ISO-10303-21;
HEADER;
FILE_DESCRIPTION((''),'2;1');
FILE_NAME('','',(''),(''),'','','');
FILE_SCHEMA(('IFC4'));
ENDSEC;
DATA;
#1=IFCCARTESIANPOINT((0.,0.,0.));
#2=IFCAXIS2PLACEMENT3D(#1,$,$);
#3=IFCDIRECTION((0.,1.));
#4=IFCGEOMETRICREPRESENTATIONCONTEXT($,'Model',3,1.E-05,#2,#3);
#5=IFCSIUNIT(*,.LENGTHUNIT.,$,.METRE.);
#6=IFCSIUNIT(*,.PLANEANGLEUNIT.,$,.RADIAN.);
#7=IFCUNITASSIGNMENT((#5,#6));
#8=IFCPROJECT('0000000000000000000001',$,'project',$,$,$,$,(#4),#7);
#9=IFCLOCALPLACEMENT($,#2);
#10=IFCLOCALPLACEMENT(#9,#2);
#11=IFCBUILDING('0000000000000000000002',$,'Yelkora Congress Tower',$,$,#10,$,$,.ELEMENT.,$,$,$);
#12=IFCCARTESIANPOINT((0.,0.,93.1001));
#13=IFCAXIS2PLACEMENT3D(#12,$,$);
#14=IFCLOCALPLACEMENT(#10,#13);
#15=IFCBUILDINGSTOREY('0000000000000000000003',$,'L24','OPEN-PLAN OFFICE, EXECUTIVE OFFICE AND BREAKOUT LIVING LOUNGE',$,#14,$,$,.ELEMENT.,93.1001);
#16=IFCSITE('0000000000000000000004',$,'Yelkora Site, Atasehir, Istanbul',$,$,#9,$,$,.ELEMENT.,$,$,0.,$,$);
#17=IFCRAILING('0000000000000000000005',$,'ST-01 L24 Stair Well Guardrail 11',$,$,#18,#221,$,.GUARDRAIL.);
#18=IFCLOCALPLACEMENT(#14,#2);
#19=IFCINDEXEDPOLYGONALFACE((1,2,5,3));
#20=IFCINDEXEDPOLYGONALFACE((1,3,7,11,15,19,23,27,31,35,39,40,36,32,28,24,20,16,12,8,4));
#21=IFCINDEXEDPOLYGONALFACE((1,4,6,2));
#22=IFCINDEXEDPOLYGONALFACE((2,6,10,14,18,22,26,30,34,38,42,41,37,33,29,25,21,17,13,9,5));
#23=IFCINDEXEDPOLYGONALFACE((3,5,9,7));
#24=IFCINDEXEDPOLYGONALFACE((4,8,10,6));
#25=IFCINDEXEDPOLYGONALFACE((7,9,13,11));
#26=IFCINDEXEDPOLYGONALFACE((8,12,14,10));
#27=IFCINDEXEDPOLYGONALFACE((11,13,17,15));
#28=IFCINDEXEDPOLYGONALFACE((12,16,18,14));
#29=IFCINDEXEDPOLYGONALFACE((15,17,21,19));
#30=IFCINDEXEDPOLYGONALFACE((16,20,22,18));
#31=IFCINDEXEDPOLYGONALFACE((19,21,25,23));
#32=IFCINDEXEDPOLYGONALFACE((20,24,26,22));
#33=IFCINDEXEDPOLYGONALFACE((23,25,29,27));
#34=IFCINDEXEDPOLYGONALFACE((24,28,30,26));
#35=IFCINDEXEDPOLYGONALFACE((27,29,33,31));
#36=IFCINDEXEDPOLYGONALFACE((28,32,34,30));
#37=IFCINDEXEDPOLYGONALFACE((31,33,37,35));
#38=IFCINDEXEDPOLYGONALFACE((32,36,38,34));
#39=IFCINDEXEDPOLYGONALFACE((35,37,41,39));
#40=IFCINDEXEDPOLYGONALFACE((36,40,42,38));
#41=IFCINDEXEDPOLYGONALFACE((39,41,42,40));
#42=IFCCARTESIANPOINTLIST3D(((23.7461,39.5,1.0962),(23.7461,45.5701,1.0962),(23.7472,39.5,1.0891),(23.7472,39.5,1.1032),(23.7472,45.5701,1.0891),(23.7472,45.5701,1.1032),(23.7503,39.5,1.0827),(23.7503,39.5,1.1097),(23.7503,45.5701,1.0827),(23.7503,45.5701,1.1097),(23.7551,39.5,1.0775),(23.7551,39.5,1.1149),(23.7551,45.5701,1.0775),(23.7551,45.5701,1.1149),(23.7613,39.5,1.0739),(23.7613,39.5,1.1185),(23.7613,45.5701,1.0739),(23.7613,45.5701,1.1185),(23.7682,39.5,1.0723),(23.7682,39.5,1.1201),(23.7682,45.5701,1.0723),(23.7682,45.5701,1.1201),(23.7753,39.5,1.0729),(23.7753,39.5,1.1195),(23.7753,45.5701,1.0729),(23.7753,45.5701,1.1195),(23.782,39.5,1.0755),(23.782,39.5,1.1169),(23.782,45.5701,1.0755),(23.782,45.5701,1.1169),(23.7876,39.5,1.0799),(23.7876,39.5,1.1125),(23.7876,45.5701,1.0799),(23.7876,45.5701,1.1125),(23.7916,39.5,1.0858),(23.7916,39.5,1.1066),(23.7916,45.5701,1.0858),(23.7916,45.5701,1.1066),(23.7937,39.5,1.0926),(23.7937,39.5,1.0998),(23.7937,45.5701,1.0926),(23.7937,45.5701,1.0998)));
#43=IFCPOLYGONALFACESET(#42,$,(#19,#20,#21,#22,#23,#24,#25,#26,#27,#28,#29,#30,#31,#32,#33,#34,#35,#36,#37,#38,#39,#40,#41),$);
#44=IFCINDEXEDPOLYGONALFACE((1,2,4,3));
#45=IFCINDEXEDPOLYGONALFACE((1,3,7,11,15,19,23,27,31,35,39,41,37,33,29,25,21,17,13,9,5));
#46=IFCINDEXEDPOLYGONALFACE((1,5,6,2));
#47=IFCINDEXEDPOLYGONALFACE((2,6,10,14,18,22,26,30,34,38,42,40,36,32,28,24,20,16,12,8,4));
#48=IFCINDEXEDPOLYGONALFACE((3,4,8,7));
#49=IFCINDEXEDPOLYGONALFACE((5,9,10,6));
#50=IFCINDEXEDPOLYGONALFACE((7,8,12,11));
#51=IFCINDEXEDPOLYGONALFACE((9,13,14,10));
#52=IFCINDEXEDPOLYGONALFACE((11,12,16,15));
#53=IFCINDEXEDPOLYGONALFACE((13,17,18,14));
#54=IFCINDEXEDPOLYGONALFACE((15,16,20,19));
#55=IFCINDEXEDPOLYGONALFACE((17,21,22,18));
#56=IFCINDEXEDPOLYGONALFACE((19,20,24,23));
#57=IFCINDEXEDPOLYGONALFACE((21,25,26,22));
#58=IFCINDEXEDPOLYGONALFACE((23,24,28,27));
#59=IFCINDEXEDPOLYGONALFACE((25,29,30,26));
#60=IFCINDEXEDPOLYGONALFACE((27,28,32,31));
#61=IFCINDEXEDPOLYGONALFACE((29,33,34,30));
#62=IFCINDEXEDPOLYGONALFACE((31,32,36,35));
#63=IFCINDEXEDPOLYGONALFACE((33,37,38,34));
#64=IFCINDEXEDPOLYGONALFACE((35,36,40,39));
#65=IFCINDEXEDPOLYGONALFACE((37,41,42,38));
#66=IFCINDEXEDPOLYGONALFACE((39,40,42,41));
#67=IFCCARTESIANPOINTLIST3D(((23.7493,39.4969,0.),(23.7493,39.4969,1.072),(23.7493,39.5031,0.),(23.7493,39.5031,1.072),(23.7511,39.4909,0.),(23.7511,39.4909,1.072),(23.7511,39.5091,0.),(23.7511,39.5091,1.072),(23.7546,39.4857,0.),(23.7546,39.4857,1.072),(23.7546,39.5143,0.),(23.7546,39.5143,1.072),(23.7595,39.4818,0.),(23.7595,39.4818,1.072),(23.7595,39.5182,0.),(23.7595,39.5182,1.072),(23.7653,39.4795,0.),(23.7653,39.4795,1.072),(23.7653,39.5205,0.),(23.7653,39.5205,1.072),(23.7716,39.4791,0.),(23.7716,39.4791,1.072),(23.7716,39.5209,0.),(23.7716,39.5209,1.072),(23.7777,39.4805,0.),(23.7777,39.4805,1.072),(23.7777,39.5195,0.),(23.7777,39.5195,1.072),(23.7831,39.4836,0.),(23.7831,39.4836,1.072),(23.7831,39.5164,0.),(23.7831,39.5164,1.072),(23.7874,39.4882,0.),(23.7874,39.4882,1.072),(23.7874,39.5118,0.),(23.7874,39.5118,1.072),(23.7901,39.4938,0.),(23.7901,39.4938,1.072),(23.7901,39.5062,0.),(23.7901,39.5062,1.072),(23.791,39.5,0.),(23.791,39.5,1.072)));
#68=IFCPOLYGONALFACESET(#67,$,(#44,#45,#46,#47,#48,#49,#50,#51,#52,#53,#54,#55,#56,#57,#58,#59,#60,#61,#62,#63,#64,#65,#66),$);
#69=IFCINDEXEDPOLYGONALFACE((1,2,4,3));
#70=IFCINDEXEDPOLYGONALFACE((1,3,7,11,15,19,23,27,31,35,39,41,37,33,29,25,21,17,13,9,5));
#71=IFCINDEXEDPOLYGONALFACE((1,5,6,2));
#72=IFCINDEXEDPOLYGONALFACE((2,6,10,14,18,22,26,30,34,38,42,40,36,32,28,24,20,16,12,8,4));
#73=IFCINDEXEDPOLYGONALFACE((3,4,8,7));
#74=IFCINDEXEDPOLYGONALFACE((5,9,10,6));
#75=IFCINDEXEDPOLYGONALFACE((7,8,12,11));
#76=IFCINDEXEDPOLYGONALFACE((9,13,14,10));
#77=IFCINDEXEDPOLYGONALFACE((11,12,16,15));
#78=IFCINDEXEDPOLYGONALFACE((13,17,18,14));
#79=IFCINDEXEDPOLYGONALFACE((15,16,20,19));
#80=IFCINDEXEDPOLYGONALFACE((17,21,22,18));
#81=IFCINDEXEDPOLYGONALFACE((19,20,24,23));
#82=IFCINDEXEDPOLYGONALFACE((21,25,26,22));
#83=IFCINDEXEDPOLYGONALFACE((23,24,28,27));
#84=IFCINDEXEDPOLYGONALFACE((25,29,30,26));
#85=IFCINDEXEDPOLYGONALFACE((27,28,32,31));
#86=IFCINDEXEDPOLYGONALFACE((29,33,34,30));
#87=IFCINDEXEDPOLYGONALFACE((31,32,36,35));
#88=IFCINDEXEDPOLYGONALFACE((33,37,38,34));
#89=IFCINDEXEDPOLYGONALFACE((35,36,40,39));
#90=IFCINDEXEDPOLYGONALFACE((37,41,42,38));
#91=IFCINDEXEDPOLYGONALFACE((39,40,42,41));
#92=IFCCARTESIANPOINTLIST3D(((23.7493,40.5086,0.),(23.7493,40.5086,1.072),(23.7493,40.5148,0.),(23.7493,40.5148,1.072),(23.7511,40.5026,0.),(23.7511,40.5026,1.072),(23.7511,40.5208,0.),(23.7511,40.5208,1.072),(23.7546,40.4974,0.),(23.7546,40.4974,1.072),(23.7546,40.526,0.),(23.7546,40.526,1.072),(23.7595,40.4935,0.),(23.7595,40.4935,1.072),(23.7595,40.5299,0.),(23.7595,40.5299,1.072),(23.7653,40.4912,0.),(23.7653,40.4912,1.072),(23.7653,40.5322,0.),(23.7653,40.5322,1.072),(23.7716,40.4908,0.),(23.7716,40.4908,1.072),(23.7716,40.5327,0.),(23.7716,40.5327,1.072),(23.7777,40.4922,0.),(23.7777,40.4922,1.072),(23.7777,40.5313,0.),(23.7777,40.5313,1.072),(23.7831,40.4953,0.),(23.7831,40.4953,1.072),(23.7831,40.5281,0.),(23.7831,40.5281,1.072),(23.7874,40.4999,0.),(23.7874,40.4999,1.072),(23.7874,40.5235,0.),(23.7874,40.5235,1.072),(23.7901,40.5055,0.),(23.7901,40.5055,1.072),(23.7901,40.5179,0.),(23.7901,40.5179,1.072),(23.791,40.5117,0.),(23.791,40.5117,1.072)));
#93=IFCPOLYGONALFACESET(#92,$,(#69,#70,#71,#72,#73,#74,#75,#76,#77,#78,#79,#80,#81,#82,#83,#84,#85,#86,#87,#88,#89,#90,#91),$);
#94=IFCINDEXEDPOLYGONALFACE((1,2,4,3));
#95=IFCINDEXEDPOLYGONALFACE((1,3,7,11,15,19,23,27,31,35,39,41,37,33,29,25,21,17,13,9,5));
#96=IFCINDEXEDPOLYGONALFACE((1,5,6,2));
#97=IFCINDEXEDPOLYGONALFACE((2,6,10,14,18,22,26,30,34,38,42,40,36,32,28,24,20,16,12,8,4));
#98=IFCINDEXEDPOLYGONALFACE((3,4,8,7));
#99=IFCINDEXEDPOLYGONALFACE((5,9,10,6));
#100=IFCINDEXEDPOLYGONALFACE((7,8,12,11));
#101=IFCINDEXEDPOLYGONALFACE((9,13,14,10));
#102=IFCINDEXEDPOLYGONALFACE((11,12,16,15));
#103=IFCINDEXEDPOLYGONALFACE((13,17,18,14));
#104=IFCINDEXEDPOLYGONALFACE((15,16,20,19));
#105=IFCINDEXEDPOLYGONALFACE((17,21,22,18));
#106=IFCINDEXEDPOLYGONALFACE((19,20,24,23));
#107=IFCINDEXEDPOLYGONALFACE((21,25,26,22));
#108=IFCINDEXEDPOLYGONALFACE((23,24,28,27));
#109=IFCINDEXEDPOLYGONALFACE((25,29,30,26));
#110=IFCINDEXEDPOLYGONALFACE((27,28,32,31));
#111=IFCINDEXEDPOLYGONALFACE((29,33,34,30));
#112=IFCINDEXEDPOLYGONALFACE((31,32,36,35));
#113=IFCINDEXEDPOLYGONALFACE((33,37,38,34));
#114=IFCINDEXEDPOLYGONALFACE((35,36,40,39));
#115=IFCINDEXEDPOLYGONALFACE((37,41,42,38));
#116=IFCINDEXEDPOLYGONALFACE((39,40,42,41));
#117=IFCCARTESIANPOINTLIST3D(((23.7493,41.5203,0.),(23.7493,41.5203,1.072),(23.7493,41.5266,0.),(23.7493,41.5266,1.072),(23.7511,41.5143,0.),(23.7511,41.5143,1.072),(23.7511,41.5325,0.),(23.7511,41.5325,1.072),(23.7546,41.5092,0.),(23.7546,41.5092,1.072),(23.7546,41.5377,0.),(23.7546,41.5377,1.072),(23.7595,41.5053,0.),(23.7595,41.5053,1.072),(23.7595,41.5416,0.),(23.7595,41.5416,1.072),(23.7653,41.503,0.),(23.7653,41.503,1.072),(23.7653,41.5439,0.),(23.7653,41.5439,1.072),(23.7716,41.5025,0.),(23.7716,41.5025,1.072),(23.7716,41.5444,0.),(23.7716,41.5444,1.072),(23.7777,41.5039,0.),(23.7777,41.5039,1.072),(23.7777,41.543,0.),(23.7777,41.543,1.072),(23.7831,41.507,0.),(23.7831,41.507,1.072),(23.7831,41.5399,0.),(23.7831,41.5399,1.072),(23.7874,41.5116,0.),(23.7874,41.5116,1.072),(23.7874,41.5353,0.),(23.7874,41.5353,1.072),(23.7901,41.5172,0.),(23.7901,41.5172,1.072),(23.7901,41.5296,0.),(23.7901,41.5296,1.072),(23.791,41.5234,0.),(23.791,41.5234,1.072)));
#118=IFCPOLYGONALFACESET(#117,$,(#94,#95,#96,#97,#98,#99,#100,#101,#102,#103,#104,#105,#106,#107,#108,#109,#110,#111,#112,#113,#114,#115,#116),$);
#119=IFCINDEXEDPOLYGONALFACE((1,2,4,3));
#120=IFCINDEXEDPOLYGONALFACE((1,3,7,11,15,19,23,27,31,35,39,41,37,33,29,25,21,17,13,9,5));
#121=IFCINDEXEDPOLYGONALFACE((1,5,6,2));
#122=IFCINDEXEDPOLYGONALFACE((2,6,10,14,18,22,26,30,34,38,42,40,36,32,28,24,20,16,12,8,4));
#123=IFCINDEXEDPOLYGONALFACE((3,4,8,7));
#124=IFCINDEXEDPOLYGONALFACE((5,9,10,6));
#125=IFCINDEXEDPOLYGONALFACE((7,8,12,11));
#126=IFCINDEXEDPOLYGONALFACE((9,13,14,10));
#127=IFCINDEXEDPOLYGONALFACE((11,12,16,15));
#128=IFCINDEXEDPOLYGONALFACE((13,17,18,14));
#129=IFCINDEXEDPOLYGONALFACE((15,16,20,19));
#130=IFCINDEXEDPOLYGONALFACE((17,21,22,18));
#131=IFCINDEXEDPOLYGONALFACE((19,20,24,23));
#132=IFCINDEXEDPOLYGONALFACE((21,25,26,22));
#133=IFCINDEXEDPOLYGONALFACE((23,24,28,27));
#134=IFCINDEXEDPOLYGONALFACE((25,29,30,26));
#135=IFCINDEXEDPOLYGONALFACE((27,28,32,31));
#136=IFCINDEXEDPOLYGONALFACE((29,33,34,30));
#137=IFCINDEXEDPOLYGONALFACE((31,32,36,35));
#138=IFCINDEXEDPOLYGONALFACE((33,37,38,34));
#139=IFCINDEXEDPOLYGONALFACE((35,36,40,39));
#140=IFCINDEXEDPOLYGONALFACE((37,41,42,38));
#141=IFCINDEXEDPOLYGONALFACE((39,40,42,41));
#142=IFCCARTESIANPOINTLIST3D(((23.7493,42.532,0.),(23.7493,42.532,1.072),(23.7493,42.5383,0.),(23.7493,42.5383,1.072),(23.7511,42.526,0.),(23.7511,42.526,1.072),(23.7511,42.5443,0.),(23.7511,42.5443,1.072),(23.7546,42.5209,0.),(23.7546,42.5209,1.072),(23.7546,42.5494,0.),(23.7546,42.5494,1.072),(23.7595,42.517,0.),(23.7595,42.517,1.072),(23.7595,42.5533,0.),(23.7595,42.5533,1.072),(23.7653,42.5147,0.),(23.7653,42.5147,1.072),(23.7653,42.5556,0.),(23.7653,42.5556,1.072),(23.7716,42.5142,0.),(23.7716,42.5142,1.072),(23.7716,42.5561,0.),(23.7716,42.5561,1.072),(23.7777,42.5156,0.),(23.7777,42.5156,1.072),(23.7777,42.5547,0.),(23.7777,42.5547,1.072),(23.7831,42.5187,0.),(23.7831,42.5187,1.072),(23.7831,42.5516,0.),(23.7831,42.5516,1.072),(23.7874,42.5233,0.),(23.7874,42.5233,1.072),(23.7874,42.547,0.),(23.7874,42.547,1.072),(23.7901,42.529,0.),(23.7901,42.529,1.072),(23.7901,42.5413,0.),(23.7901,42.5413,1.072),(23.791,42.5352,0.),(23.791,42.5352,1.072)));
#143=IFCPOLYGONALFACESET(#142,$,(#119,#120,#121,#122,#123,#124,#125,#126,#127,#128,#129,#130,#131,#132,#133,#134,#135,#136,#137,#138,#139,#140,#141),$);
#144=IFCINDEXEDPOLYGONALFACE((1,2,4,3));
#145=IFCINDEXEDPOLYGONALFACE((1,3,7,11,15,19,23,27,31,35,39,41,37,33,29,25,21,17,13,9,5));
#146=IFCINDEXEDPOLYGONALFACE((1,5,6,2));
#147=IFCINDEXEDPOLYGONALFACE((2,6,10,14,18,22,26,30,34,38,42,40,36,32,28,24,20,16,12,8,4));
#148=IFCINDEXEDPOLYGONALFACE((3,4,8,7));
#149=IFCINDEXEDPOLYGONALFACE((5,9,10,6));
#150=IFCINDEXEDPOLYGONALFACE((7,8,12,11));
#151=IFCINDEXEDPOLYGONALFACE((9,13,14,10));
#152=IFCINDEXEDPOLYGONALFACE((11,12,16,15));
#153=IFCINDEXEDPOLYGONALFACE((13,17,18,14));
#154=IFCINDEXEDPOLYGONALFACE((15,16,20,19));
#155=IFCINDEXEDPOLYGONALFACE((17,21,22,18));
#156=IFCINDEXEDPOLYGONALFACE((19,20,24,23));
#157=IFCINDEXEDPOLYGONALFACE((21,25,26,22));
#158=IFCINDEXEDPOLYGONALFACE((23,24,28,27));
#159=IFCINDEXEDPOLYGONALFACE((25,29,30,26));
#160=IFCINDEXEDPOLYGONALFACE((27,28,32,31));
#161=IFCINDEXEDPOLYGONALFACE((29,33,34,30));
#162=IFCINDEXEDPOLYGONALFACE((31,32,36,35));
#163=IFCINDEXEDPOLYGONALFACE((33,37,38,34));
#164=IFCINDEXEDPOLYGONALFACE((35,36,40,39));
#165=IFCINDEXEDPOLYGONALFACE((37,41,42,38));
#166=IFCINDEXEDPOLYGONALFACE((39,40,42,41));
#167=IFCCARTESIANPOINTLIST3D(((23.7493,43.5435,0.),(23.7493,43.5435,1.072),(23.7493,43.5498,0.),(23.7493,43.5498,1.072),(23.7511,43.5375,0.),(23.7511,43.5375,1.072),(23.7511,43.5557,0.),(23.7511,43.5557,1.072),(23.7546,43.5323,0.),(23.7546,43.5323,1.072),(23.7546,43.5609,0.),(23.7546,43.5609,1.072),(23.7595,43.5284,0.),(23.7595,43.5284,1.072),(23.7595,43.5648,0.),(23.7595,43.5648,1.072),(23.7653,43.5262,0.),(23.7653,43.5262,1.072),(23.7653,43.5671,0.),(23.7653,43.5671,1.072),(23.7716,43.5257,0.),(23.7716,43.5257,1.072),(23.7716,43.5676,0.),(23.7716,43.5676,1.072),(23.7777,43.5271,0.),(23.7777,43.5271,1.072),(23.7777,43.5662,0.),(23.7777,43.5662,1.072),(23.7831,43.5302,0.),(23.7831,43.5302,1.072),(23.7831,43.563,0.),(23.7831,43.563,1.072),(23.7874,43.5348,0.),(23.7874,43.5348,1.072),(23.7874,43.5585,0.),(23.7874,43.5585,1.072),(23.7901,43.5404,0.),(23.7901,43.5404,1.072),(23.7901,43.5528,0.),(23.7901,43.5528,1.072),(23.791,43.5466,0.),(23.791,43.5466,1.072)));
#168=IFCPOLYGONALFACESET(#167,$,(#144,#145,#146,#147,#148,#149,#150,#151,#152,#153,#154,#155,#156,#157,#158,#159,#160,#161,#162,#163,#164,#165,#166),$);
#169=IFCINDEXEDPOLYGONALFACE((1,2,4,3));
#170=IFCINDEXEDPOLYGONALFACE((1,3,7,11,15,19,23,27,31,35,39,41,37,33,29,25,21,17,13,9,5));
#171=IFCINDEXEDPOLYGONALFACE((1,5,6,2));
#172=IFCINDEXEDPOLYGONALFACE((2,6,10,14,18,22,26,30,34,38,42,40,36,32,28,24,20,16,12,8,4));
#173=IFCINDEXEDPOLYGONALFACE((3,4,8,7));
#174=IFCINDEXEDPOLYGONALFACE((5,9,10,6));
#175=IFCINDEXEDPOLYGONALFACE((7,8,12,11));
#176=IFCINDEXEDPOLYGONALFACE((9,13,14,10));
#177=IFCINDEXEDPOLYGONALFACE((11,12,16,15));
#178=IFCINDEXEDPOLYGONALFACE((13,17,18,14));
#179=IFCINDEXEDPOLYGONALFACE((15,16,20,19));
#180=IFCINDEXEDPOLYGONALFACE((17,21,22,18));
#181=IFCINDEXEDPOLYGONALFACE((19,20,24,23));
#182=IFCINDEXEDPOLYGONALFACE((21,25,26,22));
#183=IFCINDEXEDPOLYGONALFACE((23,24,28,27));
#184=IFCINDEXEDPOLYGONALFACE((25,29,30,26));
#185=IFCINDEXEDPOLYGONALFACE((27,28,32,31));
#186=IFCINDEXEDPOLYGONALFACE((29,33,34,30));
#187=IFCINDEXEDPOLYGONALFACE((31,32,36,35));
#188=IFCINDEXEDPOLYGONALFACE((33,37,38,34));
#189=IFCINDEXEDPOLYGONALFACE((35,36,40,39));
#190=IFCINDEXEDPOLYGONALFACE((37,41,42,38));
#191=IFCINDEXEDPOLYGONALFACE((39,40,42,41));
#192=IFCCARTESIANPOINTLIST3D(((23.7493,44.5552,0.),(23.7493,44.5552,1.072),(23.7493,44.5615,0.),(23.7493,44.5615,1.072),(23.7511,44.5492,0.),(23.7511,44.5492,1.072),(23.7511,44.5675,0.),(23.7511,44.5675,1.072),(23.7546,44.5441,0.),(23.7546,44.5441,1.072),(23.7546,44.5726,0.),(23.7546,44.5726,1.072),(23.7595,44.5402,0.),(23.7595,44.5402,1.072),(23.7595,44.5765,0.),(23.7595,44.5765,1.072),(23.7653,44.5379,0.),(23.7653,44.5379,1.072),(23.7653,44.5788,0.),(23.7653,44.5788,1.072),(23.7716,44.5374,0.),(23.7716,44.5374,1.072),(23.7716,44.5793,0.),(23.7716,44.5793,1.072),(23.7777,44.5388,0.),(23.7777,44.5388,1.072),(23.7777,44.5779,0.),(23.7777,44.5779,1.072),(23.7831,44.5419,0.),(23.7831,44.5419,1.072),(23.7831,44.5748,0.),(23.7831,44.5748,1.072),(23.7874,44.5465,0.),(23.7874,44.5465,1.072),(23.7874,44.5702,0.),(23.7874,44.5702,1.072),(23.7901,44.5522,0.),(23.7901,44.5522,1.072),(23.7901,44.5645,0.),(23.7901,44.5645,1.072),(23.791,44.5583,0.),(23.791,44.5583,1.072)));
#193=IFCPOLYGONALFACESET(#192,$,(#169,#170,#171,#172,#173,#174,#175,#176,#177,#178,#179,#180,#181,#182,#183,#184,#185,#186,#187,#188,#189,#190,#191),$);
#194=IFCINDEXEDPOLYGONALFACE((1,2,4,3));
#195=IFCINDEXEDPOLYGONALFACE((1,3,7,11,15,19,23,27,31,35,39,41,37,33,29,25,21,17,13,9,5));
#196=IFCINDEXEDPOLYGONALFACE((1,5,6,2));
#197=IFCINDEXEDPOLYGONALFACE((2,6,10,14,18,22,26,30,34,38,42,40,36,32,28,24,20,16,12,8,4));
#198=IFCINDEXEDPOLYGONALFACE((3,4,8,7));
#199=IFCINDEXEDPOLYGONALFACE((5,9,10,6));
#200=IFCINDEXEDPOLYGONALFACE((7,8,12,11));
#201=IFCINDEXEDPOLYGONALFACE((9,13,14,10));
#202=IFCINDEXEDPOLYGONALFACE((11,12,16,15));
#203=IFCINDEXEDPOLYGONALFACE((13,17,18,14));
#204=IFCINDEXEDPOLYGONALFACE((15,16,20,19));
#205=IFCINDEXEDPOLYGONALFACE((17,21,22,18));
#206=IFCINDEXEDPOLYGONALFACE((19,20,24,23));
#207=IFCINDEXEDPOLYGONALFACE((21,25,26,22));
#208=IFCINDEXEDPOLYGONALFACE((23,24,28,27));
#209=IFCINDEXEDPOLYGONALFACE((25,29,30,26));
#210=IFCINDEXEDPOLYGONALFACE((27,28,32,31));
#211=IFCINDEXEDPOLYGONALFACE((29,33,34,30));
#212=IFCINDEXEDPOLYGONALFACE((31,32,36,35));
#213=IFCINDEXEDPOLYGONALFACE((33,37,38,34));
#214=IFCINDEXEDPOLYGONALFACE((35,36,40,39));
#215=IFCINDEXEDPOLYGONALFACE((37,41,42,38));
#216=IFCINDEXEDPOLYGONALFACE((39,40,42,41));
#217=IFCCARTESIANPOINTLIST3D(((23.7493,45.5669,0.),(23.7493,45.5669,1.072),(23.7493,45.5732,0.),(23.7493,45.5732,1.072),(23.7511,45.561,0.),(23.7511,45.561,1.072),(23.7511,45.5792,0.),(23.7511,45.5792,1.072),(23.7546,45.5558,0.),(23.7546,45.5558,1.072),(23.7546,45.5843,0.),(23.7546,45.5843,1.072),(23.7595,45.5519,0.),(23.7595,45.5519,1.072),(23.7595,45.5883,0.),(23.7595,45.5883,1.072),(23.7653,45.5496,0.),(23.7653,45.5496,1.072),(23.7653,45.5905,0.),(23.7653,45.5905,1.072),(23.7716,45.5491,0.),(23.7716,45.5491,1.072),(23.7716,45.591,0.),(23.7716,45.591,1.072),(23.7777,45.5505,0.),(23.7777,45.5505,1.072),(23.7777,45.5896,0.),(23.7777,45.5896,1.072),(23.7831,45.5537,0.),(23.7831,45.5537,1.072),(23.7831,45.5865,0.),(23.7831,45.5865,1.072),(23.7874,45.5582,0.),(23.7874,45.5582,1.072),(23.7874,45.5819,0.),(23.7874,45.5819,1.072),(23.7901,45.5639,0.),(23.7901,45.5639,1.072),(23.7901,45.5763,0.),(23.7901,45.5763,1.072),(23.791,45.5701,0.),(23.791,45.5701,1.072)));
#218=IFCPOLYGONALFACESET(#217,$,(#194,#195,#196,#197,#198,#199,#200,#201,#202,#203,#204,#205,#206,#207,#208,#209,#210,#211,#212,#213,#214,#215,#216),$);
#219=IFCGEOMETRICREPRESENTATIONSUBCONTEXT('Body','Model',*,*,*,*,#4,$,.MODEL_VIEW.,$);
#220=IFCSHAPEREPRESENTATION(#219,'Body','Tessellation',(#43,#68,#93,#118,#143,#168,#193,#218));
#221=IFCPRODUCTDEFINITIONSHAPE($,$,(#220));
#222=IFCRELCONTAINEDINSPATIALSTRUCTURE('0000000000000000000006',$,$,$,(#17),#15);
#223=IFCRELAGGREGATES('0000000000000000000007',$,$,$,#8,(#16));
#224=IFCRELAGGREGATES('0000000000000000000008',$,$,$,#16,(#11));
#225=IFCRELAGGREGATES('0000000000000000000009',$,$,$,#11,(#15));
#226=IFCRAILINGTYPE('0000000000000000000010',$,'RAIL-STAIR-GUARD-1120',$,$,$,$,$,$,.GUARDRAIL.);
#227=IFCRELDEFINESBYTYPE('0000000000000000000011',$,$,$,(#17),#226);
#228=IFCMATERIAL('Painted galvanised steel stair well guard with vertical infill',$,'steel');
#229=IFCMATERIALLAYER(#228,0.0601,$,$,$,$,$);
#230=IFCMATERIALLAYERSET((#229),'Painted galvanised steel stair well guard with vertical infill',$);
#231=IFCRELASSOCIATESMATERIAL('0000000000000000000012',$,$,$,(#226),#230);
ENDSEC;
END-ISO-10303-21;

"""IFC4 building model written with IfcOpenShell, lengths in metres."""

from ifc_helpers import new_model, si_unit, direction, frame, origin, origin_2d, place, context, subcontext, project, spatial, circle, extrude, material, layer, layer_set, type_object, element, save


model = new_model("IFC4")

# Units and contexts
model_context = context("Model", 3, precision=1e-05, world=origin(), true_north=direction((0.0, 1.0)))
body_context = subcontext(model_context, "Body", "Model", "MODEL_VIEW")
ifc_project = project(units=[si_unit("LENGTHUNIT", "METRE"), si_unit("PLANEANGLEUNIT", "RADIAN")], contexts=[model_context])

# Site, building, storey
site_placement = place(None, origin())
site = spatial("IfcSite", under=ifc_project, at=site_placement, Name="Yelkora Site, Atasehir, Istanbul", CompositionType="ELEMENT", RefElevation=0.0)
building_placement = place(site_placement, origin())
building = spatial("IfcBuilding", under=site, at=building_placement, Name="Yelkora Congress Tower", CompositionType="ELEMENT")
storey_placement = place(building_placement, frame((0.0, 0.0, 93.1001)))
storey = spatial("IfcBuildingStorey", under=building, at=storey_placement, Name="L24", Description="OPEN-PLAN OFFICE, EXECUTIVE OFFICE AND BREAKOUT LIVING LOUNGE", CompositionType="ELEMENT", Elevation=93.1001)

# Railing
ifc_material_1 = material(Name="Painted galvanised steel stair well guard with vertical infill", Category="steel")
ifc_layer_1 = layer(ifc_material_1, 0.0601)
ifc_layer_set_1 = layer_set([ifc_layer_1], Name="Painted galvanised steel stair well guard with vertical infill")
railing_type_1 = type_object("IfcRailingType", Name="RAIL-STAIR-GUARD-1120", PredefinedType="GUARDRAIL", material=ifc_layer_set_1)
railing_1_placement = place(storey_placement, frame((23.77, 39.5, 0.0)))
element("IfcRailing", 1, at=railing_1_placement, inside=storey, type_object=railing_type_1, Name="ST-01 L24 Stair Well Guardrail 11", PredefinedType="GUARDRAIL", context=body_context, shape_type="SweptSolid", body=[
    extrude(circle(Radius=0.0239, at=origin_2d()), frame((0.0, 0.0, 1.0962), z_axis=(0.0, 1.0, 0.0), x_axis=(-1.0, 0.0, 0.0)), (0.0, 0.0, 1.0), 6.0701),
    extrude(circle(Radius=0.021, at=origin_2d()), origin(), (0.0, 0.0, 1.0), 1.072),
    extrude(circle(Radius=0.021, at=origin_2d()), frame((0.0, 1.0117, 0.0)), (0.0, 0.0, 1.0), 1.072),
    extrude(circle(Radius=0.021, at=origin_2d()), frame((0.0, 2.0234, 0.0)), (0.0, 0.0, 1.0), 1.072),
    extrude(circle(Radius=0.021, at=origin_2d()), frame((0.0, 3.0352, 0.0)), (0.0, 0.0, 1.0), 1.072),
    extrude(circle(Radius=0.021, at=origin_2d()), frame((0.0, 4.0466, 0.0)), (0.0, 0.0, 1.0), 1.072),
    extrude(circle(Radius=0.021, at=origin_2d()), frame((0.0, 5.0583, 0.0)), (0.0, 0.0, 1.0), 1.072),
    extrude(circle(Radius=0.021, at=origin_2d()), frame((0.0, 6.0701, 0.0)), (0.0, 0.0, 1.0), 1.072),
])

save(model, "model.ifc")
